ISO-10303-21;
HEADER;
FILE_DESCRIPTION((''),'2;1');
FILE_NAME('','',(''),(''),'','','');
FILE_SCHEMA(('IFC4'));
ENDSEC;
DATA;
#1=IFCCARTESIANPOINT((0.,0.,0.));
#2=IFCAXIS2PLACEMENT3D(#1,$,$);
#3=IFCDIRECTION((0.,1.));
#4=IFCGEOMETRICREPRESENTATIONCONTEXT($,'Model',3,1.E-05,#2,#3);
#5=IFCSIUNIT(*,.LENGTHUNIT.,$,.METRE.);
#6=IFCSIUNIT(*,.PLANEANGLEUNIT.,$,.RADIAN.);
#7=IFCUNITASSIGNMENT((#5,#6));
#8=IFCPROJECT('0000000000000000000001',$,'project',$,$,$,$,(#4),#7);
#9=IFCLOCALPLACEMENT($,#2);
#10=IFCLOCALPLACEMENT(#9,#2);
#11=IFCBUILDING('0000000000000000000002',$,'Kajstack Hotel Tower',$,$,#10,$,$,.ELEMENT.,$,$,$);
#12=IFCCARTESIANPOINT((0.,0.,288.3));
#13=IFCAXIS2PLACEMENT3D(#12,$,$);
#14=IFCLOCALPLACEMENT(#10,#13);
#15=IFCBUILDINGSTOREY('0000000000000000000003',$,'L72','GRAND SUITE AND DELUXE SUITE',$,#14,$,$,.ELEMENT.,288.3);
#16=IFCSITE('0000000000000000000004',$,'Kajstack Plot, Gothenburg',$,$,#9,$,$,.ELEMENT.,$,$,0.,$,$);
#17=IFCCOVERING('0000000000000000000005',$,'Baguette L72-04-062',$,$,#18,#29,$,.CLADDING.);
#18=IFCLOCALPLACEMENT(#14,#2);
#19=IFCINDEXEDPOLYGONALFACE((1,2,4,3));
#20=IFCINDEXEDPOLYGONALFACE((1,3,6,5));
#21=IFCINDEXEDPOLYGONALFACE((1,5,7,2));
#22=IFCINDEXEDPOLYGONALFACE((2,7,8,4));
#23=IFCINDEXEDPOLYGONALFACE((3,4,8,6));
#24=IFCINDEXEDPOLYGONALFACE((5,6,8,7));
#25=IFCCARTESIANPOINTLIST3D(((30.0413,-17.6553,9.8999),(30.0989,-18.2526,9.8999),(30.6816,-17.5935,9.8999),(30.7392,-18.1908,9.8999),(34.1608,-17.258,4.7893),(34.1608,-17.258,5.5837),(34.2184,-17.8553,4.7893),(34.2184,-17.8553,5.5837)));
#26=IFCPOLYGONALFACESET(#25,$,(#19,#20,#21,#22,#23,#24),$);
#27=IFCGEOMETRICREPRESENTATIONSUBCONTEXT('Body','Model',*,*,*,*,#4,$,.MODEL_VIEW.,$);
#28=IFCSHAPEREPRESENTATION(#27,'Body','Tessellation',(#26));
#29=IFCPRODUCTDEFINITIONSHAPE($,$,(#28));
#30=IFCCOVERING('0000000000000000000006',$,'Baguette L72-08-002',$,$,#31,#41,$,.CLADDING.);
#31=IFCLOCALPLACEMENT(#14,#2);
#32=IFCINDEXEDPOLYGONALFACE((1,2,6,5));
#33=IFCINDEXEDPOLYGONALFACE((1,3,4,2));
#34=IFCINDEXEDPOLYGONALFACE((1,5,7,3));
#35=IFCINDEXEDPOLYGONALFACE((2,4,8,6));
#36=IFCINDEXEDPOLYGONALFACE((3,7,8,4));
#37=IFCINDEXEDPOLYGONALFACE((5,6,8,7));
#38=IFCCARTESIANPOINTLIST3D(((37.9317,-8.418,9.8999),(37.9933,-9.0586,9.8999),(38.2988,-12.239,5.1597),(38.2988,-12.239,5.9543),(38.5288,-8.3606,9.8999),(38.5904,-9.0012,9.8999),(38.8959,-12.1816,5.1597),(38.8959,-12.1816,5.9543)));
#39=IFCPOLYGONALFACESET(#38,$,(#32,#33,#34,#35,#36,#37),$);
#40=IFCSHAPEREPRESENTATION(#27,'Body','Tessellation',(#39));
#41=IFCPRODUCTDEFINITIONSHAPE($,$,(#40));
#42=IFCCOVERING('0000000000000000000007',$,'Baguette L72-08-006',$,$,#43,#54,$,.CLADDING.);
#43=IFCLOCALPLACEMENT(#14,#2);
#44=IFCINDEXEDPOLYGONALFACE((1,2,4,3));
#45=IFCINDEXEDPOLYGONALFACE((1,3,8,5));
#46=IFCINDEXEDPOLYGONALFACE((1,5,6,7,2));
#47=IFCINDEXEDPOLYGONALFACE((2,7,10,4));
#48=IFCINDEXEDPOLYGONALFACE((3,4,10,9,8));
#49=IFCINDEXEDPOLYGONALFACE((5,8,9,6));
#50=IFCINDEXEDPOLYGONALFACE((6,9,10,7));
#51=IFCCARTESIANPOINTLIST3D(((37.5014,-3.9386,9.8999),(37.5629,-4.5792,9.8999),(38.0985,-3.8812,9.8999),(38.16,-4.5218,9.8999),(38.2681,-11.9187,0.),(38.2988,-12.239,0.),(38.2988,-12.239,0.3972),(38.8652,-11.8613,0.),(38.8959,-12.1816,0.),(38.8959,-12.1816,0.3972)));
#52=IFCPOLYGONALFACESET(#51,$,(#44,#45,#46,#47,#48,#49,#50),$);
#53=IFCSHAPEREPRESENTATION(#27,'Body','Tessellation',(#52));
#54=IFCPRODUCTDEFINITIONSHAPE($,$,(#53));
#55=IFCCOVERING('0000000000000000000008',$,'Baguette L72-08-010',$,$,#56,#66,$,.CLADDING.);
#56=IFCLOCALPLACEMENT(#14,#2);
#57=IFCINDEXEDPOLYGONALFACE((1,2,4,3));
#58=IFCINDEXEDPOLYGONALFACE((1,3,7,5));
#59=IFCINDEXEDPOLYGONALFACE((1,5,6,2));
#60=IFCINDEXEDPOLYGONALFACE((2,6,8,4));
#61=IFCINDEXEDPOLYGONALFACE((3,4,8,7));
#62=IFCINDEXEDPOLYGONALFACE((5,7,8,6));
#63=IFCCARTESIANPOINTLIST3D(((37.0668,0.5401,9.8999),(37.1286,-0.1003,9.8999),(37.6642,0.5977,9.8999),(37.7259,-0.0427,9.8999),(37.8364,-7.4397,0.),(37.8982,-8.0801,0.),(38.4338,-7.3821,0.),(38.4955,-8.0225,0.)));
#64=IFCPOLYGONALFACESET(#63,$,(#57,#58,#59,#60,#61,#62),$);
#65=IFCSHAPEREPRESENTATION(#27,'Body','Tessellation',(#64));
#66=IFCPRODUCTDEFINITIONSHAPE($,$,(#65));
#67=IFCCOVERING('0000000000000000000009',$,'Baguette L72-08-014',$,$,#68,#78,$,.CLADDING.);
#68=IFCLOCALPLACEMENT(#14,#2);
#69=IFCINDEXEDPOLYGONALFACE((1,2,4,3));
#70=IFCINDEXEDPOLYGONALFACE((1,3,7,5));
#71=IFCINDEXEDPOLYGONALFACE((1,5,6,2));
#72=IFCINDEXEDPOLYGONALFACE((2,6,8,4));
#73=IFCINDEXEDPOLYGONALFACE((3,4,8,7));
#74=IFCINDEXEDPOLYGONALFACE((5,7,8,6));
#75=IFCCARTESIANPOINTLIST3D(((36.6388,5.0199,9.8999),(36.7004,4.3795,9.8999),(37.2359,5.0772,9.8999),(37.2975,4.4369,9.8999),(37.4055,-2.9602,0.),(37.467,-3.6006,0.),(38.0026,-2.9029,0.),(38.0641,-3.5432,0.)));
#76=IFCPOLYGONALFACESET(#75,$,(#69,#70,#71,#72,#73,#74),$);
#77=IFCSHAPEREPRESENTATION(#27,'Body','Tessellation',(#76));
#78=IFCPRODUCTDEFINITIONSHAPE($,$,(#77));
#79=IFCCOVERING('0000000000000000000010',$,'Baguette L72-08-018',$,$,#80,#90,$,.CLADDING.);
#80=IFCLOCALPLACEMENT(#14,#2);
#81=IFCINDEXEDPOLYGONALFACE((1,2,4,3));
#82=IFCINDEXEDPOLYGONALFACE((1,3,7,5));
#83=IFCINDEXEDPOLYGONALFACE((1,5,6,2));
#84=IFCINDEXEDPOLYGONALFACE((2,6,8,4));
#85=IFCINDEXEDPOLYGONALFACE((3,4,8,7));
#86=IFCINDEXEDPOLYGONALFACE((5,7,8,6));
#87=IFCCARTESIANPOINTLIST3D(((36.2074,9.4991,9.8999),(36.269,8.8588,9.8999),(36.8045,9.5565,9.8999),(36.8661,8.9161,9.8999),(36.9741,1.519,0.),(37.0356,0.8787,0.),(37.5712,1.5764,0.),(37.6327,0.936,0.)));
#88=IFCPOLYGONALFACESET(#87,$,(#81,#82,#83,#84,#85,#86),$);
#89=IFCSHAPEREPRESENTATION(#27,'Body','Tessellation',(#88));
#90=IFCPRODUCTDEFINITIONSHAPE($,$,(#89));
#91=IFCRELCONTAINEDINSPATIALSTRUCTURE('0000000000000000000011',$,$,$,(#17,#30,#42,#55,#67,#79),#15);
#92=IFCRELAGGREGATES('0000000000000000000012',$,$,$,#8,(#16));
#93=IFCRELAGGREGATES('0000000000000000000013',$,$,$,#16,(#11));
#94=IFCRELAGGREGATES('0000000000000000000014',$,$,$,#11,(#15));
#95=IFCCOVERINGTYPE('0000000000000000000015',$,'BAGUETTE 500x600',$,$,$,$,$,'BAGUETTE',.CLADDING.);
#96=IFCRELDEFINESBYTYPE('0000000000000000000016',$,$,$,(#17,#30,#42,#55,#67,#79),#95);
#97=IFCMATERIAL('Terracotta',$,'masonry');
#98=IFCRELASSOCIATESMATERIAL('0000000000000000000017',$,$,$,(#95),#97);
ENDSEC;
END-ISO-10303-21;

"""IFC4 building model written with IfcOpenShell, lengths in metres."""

from ifc_helpers import new_model, si_unit, direction, frame, origin, origin_2d, place, context, subcontext, project, spatial, polyline, rectangle, outline, extrude, material, material_profile, profile_set, type_object, element, save


model = new_model("IFC4")

# Units and contexts
model_context = context("Model", 3, precision=1e-05, world=origin(), true_north=direction((0.0, 1.0)))
body_context = subcontext(model_context, "Body", "Model", "MODEL_VIEW")
ifc_project = project(units=[si_unit("LENGTHUNIT", "METRE"), si_unit("PLANEANGLEUNIT", "RADIAN")], contexts=[model_context])

# Site, building, storey
site_placement = place(None, origin())
site = spatial("IfcSite", under=ifc_project, at=site_placement, Name="Kajstack Plot, Gothenburg", CompositionType="ELEMENT", RefElevation=0.0)
building_placement = place(site_placement, origin())
building = spatial("IfcBuilding", under=site, at=building_placement, Name="Kajstack Hotel Tower", CompositionType="ELEMENT")
storey_placement = place(building_placement, frame((0.0, 0.0, 288.3)))
storey = spatial("IfcBuildingStorey", under=building, at=storey_placement, Name="L72", Description="GRAND SUITE AND DELUXE SUITE", CompositionType="ELEMENT", Elevation=288.3)

# Coverings
ifc_material_1 = material(Name="Terracotta", Category="masonry")
ifc_material_profile = material_profile(ifc_material_1, rectangle(XDim=0.6001, YDim=0.5, at=origin_2d()), Name="Terracotta-clad concrete baguette 500 x 600")
ifc_profile_set = profile_set([ifc_material_profile], Name="Terracotta")
covering_type = type_object("IfcCoveringType", Name="BAGUETTE 500x600", ElementType="BAGUETTE", PredefinedType="CLADDING", material=ifc_profile_set)
covering_1_placement = place(storey_placement, frame((30.0413, -17.6553, 0.0), z_axis=(0.095999, -0.995381, 0.0), x_axis=(0.995381, 0.095999, 0.0)))
element("IfcCovering", 1, at=covering_1_placement, inside=storey, type_object=covering_type, Name="Baguette L72-04-062", PredefinedType="CLADDING", context=body_context, shape_type="SweptSolid", body=[
    extrude(outline(polyline([(0.0, 9.8999), (4.1387, 4.7893), (4.1387, 5.5837), (0.6433, 9.8999), (0.0, 9.8999)])), origin(), (0.0, 0.0, 1.0), 0.6001),
])
covering_2_placement = place(storey_placement, frame((38.2988, -12.239, 0.0), z_axis=(0.995416, 0.095635, 0.0), x_axis=(-0.095635, 0.995416, 0.0)))
element("IfcCovering", 2, at=covering_2_placement, inside=storey, type_object=covering_type, Name="Baguette L72-08-002", PredefinedType="CLADDING", context=body_context, shape_type="SweptSolid", body=[
    extrude(outline(polyline([(3.1951, 9.8999), (0.0, 5.9543), (0.0, 5.1597), (3.8386, 9.8999), (3.1951, 9.8999)])), origin(), (0.0, 0.0, 1.0), 0.5999),
])
covering_3_placement = place(storey_placement, frame((38.2988, -12.239, 0.0), z_axis=(0.995416, 0.095635, 0.0), x_axis=(-0.095635, 0.995416, 0.0)))
element("IfcCovering", 3, at=covering_3_placement, inside=storey, type_object=covering_type, Name="Baguette L72-08-006", PredefinedType="CLADDING", context=body_context, shape_type="SweptSolid", body=[
    extrude(outline(polyline([(7.6951, 9.8999), (0.0, 0.3972), (0.0, 0.0), (0.3218, 0.0), (8.3386, 9.8999), (7.6951, 9.8999)])), origin(), (0.0, 0.0, 1.0), 0.5999),
])
covering_4_placement = place(storey_placement, frame((37.8982, -8.0801, 0.0), z_axis=(0.995381, 0.095999, 0.0), x_axis=(-0.095999, 0.995381, 0.0)))
element("IfcCovering", 4, at=covering_4_placement, inside=storey, type_object=covering_type, Name="Baguette L72-08-010", PredefinedType="CLADDING", context=body_context, shape_type="SweptSolid", body=[
    extrude(outline(polyline([(8.0168, 9.8999), (0.0, 0.0), (0.6433, 0.0), (8.6602, 9.8999), (8.0168, 9.8999)])), origin(), (0.0, 0.0, 1.0), 0.6001),
])
for number, where, z_axis, x_axis, name in (
    (5, (37.467, -3.6006, 0.0), (0.995416, 0.095635, 0.0), (-0.095635, 0.995416, 0.0), "Baguette L72-08-014"),
    (6, (37.0356, 0.8787, 0.0), (0.995416, 0.095635, 0.0), (-0.095635, 0.995416, 0.0), "Baguette L72-08-018"),
):
    element("IfcCovering", number, at=place(storey_placement, frame(where, z_axis=z_axis, x_axis=x_axis)), inside=storey, type_object=covering_type, Name=name, PredefinedType="CLADDING", context=body_context, shape_type="SweptSolid", body=[
        extrude(outline(polyline([(8.0168, 9.8999), (0.0, 0.0), (0.6433, 0.0), (8.6602, 9.8999), (8.0168, 9.8999)])), origin(), (0.0, 0.0, 1.0), 0.5999),
    ])

save(model, "model.ifc")
